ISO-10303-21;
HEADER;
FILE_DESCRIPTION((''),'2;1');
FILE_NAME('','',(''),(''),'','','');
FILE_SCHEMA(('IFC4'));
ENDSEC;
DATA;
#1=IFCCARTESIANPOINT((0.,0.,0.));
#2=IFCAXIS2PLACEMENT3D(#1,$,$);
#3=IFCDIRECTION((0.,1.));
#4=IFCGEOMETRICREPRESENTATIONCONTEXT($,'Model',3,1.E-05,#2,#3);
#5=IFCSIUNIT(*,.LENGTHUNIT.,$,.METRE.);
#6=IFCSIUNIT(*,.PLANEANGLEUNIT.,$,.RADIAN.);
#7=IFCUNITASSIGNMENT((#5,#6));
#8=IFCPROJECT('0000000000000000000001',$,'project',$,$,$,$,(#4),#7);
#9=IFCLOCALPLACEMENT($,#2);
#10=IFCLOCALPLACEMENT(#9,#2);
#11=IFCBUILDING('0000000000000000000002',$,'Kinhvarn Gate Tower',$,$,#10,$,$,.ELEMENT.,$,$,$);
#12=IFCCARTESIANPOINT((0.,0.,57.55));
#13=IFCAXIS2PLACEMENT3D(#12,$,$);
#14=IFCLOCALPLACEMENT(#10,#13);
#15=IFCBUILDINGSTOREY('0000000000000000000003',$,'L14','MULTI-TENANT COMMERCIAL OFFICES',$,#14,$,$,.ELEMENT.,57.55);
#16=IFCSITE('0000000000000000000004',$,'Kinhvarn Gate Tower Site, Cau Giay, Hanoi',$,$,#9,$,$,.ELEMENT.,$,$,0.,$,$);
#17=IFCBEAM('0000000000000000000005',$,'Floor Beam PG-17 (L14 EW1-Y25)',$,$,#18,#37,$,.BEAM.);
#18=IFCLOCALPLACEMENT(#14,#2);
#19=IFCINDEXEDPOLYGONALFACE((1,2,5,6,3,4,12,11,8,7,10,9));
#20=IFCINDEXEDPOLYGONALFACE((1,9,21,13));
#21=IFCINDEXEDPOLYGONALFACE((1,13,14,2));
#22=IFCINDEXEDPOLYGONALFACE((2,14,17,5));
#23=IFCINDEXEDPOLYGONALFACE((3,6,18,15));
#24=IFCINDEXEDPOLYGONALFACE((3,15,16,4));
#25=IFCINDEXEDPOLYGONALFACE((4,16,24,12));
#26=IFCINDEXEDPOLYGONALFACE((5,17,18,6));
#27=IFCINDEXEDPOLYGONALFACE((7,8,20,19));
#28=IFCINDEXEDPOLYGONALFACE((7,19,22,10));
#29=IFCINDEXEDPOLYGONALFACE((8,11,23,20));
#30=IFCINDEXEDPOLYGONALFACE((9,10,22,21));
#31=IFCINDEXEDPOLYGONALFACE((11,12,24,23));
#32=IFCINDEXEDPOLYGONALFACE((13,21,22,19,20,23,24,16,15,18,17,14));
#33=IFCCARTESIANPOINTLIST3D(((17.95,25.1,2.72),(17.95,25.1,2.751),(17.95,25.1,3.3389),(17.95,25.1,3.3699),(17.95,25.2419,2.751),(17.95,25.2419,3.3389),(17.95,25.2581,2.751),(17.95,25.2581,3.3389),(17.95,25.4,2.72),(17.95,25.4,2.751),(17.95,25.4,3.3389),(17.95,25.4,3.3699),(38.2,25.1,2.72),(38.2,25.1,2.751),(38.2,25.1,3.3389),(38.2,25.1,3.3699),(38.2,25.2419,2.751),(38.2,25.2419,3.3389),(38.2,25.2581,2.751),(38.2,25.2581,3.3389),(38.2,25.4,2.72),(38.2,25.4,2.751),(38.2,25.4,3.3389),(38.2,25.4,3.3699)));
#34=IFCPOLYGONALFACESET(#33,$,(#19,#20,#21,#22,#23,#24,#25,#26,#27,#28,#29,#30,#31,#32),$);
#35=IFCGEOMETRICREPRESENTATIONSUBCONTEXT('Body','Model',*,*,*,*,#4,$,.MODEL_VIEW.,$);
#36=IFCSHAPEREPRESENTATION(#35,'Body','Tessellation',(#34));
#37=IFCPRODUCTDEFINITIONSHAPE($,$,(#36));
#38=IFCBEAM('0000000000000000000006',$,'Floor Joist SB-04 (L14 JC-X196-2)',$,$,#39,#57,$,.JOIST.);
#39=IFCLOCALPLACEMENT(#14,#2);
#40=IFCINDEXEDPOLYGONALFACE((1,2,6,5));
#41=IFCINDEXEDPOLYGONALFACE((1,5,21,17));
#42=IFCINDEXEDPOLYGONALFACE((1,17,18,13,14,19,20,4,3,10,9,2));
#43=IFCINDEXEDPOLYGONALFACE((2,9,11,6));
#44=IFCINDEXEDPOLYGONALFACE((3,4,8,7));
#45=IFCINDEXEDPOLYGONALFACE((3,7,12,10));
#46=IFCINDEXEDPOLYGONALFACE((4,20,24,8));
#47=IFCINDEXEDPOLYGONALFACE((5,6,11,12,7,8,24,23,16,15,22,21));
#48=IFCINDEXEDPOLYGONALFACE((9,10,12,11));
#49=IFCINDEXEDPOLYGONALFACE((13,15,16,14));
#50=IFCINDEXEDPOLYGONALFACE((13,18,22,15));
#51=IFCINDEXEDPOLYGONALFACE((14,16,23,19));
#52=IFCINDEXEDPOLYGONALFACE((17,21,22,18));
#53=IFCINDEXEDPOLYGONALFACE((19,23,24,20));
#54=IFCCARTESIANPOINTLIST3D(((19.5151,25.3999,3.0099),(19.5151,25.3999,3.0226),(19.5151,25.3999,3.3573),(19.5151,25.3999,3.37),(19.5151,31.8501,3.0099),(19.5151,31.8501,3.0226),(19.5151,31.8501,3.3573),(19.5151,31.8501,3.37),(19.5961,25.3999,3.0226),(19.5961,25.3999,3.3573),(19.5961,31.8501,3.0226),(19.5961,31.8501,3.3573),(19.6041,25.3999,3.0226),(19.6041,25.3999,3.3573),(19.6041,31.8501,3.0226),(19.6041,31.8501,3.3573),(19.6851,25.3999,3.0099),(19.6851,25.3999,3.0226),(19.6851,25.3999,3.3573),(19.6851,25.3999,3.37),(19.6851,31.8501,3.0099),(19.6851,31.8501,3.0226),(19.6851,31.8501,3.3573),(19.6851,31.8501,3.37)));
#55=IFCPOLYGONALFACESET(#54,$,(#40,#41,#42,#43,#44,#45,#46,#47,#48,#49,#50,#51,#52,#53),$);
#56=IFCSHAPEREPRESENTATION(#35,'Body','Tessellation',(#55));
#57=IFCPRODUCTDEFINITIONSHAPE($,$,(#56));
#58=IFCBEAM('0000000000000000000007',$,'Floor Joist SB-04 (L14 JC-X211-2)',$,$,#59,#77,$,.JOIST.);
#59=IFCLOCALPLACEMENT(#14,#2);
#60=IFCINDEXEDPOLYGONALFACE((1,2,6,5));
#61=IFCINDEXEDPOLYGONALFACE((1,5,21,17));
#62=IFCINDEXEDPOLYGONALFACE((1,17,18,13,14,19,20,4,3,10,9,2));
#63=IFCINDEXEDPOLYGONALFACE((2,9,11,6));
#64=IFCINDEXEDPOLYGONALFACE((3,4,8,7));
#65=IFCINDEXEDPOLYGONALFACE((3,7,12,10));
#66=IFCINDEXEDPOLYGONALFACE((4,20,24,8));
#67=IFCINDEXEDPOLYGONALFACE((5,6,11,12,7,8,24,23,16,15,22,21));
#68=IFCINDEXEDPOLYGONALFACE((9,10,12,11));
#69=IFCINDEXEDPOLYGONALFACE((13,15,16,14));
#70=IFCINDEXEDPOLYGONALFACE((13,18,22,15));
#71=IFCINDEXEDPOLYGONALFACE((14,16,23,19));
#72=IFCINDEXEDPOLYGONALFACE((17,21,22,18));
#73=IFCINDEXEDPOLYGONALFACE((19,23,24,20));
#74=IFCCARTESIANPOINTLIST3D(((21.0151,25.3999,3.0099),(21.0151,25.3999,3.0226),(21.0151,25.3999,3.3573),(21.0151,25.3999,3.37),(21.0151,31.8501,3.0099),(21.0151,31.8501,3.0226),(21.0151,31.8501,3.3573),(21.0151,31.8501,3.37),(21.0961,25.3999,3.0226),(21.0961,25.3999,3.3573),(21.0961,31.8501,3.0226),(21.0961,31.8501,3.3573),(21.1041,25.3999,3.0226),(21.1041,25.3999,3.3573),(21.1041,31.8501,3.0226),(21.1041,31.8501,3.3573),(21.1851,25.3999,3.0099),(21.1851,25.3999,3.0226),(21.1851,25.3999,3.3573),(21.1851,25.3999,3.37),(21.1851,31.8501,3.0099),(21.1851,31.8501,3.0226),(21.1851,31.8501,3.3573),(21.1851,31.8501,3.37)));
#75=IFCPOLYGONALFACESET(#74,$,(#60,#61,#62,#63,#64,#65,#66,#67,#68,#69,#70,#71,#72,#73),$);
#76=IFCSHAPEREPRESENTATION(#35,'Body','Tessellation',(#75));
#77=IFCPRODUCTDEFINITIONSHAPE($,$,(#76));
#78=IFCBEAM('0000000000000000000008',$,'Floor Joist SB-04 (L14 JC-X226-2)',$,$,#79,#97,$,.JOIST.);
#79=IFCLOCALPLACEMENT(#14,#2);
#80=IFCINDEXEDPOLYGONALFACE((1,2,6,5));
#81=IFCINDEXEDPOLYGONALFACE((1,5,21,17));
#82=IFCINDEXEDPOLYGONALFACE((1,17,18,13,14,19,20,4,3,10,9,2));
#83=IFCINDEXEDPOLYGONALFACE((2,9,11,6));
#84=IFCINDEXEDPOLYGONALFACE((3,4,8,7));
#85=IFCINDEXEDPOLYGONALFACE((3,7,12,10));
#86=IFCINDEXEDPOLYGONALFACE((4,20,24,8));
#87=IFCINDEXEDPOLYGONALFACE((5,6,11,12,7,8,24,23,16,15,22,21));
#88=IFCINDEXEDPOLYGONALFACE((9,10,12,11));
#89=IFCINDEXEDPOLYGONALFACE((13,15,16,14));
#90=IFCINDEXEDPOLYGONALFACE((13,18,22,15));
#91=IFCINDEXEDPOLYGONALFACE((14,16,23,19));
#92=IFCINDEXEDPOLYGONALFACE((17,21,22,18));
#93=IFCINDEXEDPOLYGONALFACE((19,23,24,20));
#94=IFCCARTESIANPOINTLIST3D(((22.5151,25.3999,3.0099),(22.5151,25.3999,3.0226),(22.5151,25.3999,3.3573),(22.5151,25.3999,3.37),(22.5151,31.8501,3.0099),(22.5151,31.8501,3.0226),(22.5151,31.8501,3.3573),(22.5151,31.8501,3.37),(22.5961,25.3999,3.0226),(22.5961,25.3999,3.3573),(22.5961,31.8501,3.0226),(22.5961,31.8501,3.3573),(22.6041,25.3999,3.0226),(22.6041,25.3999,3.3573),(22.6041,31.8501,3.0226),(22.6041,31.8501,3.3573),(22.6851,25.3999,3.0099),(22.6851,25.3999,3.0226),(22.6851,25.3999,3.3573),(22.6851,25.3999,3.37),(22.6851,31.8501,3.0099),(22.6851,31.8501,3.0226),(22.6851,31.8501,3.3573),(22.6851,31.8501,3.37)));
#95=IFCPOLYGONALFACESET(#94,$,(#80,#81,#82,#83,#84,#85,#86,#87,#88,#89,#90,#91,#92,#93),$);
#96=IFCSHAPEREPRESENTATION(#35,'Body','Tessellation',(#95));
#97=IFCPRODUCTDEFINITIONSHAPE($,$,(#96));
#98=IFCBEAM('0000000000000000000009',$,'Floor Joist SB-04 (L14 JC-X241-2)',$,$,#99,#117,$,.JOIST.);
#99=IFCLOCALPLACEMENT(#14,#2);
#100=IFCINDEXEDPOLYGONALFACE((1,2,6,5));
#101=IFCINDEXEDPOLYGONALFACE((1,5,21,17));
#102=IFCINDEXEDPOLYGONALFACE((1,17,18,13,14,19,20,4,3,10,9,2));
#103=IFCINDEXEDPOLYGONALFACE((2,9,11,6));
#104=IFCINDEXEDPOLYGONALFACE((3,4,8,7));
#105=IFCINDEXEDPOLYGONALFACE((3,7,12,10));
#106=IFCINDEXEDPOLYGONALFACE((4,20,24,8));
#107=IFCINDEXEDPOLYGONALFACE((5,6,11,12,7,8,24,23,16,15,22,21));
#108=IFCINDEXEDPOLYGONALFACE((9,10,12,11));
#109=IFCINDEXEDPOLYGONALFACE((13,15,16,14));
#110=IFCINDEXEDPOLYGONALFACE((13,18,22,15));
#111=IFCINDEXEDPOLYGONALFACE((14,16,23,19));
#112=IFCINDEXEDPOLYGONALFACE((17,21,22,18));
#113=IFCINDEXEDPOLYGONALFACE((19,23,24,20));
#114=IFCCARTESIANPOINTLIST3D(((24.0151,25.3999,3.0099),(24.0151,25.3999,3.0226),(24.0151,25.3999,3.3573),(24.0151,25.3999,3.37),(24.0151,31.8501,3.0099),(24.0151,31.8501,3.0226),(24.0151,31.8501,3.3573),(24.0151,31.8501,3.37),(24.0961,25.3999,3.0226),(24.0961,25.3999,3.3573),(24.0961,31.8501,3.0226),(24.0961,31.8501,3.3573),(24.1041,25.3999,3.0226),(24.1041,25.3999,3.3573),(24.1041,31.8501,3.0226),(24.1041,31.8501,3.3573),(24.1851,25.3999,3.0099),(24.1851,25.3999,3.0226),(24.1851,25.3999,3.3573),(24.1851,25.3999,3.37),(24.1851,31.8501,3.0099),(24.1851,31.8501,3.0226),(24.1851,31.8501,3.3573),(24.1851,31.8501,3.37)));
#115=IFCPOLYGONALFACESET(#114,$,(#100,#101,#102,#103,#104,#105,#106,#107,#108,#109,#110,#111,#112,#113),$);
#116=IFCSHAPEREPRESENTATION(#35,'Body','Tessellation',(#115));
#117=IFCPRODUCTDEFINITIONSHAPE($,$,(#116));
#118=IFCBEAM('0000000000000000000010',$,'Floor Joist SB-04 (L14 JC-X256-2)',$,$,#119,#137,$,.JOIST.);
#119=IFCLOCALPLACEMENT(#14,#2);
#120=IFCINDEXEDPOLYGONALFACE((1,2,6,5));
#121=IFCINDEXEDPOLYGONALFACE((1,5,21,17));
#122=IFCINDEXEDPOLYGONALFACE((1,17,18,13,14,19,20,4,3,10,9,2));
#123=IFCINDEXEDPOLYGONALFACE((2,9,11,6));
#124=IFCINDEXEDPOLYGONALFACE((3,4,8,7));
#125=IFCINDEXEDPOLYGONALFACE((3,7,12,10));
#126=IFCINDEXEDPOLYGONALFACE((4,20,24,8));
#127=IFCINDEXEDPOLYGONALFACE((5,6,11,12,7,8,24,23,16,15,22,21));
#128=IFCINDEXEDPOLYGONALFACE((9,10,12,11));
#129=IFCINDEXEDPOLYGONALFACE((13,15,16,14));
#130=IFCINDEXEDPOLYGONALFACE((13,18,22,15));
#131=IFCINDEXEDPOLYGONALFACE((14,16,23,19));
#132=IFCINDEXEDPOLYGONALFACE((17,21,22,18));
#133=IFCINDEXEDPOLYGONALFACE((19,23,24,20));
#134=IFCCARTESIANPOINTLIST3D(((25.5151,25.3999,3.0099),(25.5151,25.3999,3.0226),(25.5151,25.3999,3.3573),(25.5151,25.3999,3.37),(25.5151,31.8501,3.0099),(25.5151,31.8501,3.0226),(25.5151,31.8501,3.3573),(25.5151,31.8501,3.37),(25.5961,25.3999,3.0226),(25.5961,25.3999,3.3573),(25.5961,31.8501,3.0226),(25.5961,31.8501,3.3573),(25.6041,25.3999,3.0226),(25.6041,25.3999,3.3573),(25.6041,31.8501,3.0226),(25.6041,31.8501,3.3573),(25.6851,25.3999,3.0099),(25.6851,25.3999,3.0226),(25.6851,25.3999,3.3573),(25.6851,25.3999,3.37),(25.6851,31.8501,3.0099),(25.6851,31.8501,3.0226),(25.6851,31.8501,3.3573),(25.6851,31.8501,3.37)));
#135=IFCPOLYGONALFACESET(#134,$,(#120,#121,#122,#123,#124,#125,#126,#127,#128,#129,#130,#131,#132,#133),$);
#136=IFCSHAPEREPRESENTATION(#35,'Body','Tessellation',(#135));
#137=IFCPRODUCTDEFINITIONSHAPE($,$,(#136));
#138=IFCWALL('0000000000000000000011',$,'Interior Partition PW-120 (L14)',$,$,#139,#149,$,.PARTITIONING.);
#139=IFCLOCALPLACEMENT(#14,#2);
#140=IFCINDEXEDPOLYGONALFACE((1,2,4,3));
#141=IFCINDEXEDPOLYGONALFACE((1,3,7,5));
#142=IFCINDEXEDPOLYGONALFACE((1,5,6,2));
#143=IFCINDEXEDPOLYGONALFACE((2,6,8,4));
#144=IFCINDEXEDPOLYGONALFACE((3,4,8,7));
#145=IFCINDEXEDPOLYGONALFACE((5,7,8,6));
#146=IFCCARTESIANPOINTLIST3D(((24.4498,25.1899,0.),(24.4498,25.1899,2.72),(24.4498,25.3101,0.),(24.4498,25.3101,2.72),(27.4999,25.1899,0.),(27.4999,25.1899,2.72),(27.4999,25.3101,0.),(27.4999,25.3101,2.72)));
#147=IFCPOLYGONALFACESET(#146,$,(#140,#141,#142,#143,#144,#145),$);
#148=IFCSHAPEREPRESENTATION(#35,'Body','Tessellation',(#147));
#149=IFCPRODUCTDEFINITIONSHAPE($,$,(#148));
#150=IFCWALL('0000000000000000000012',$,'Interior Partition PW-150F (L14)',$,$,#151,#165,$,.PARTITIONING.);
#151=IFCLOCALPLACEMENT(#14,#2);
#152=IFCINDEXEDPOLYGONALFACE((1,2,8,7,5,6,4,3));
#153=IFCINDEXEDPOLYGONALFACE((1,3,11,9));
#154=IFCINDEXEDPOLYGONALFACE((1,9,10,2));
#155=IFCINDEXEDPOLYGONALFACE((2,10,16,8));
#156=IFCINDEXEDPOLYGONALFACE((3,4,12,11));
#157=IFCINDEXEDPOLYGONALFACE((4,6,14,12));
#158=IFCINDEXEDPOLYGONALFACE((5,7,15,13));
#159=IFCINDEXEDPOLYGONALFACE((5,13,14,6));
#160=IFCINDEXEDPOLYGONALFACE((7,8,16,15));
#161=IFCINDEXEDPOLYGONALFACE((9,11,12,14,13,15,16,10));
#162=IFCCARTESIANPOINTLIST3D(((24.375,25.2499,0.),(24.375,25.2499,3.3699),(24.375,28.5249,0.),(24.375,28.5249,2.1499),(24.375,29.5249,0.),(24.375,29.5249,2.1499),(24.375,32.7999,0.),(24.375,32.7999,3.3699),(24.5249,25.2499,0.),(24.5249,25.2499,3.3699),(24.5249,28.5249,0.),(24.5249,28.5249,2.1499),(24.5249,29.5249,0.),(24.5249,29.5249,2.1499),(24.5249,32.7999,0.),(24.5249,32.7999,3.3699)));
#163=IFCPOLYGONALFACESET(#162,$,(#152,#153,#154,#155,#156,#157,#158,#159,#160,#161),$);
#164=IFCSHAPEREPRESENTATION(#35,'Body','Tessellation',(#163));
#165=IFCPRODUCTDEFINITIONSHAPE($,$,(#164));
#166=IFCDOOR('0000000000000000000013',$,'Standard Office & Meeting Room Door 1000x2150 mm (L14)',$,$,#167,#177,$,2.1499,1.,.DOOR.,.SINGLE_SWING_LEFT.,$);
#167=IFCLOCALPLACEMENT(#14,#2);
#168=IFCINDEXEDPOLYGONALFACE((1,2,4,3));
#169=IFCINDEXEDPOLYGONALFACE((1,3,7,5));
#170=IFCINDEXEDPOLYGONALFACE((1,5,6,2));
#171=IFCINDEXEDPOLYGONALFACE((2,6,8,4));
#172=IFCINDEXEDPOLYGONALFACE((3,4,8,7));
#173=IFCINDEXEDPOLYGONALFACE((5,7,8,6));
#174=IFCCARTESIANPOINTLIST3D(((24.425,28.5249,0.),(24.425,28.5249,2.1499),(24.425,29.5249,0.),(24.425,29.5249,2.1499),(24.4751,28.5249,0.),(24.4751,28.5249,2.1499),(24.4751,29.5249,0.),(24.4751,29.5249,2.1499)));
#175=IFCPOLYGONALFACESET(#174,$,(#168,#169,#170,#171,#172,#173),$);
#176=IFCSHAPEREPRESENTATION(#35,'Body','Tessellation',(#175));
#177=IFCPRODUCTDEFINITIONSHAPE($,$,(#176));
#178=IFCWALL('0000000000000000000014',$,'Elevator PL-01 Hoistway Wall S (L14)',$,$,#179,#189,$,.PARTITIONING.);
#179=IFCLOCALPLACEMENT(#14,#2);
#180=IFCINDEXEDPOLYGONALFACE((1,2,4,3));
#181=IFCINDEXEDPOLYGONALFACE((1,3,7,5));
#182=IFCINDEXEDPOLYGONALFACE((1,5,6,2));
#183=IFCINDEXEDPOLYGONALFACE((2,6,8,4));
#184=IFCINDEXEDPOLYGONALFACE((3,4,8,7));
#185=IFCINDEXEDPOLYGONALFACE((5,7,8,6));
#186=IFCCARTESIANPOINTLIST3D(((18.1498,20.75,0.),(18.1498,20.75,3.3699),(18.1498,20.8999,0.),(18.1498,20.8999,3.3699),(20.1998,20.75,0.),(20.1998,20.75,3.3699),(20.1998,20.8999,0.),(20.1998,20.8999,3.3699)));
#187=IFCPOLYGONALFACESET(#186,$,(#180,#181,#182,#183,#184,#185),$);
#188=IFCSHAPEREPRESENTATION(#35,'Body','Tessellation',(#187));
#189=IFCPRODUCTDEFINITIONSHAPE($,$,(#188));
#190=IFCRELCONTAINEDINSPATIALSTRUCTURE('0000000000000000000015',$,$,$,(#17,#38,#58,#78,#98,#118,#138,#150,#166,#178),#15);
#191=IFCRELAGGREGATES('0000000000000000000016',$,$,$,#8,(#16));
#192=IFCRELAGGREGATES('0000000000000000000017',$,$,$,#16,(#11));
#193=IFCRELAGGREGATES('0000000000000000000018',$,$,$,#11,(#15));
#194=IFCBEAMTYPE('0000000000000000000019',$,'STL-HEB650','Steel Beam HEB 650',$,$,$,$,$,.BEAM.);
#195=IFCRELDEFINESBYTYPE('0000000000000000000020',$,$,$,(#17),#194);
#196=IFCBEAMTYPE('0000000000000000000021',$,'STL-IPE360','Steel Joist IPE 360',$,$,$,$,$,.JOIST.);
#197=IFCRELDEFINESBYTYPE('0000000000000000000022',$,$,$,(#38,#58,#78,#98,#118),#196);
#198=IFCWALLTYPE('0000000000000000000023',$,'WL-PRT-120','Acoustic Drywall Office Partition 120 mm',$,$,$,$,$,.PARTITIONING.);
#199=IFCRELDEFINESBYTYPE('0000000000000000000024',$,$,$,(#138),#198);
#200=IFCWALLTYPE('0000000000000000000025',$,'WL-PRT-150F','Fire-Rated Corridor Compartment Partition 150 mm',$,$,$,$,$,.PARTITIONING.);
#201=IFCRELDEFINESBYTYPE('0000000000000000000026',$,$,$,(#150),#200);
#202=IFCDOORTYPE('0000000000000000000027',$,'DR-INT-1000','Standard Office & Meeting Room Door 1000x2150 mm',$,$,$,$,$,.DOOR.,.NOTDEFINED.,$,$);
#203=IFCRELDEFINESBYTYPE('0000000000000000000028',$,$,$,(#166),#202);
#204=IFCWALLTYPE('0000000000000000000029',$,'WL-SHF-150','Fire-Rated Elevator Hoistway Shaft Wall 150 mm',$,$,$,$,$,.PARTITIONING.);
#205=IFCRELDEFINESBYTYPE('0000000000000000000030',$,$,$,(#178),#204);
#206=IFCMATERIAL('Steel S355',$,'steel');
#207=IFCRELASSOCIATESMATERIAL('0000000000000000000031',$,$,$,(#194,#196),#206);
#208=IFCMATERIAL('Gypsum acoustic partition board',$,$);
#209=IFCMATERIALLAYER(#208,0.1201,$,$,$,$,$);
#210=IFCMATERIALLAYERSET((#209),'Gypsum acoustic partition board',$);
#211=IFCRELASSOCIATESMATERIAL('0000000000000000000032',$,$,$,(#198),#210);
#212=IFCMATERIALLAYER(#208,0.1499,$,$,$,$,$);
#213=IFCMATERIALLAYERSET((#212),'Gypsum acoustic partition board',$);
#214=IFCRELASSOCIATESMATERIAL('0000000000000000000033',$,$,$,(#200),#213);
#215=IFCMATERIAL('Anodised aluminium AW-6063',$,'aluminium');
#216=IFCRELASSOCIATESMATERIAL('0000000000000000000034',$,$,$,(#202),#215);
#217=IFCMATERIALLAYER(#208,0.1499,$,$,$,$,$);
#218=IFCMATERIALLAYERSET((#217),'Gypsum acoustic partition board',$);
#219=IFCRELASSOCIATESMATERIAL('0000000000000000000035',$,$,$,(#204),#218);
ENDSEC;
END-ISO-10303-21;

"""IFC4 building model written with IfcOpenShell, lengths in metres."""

from ifc_helpers import new_model, si_unit, direction, frame, frame_2d, origin, origin_2d, place, context, subcontext, project, spatial, rectangle, i_section, extrude, material, layer, layer_set, material_profile, profile_set, type_object, element, fill, save


model = new_model("IFC4")

# Units and contexts
model_context = context("Model", 3, precision=1e-05, world=origin(), true_north=direction((0.0, 1.0)))
body_context = subcontext(model_context, "Body", "Model", "MODEL_VIEW")
ifc_project = project(units=[si_unit("LENGTHUNIT", "METRE"), si_unit("PLANEANGLEUNIT", "RADIAN")], contexts=[model_context])

# Site, building, storey
site_placement = place(None, origin())
site = spatial("IfcSite", under=ifc_project, at=site_placement, Name="Kinhvarn Gate Tower Site, Cau Giay, Hanoi", CompositionType="ELEMENT", RefElevation=0.0)
building_placement = place(site_placement, origin())
building = spatial("IfcBuilding", under=site, at=building_placement, Name="Kinhvarn Gate Tower", CompositionType="ELEMENT")
storey_placement = place(building_placement, frame((0.0, 0.0, 57.55)))
storey = spatial("IfcBuildingStorey", under=building, at=storey_placement, Name="L14", Description="MULTI-TENANT COMMERCIAL OFFICES", CompositionType="ELEMENT", Elevation=57.55)

# Beams
ifc_material_1 = material(Name="Steel S355", Category="steel")
ifc_material_profile_1 = material_profile(ifc_material_1, i_section(OverallWidth=0.3, OverallDepth=0.6499, WebThickness=0.0161, FlangeThickness=0.031, at=origin_2d()), Name="HEB 650")
ifc_profile_set_1 = profile_set([ifc_material_profile_1], Name="Steel S355")
beam_type_1 = type_object("IfcBeamType", Name="STL-HEB650", Description="Steel Beam HEB 650", PredefinedType="BEAM", material=ifc_profile_set_1)
beam_placement = place(storey_placement, frame((17.95, 25.25, 3.0449), z_axis=(1.0, 0.0, 0.0), x_axis=(0.0, 1.0, 0.0)))
element("IfcBeam", 1, at=beam_placement, inside=storey, type_object=beam_type_1, Name="Floor Beam PG-17 (L14 EW1-Y25)", PredefinedType="BEAM", context=body_context, shape_type="SweptSolid", body=[
    extrude(i_section(OverallWidth=0.3, OverallDepth=0.6499, WebThickness=0.0161, FlangeThickness=0.031, at=origin_2d()), origin(), (0.0, 0.0, 1.0), 20.25),
])
ifc_material_profile_2 = material_profile(ifc_material_1, i_section(OverallWidth=0.1699, OverallDepth=0.3601, WebThickness=0.0081, FlangeThickness=0.0127, at=origin_2d()), Name="IPE 360")
ifc_profile_set_2 = profile_set([ifc_material_profile_2], Name="Steel S355")
beam_type_2 = type_object("IfcBeamType", Name="STL-IPE360", Description="Steel Joist IPE 360", PredefinedType="JOIST", material=ifc_profile_set_2)
for number, where, z_axis, x_axis, name in (
    (2, (19.6001, 25.3999, 3.1899), (0.0, 1.0, 0.0), (-1.0, 0.0, 0.0), "Floor Joist SB-04 (L14 JC-X196-2)"),
    (3, (21.1001, 25.3999, 3.1899), (0.0, 1.0, 0.0), (-1.0, 0.0, 0.0), "Floor Joist SB-04 (L14 JC-X211-2)"),
    (4, (22.6001, 25.3999, 3.1899), (0.0, 1.0, 0.0), (-1.0, 0.0, 0.0), "Floor Joist SB-04 (L14 JC-X226-2)"),
    (5, (24.1001, 25.3999, 3.1899), (0.0, 1.0, 0.0), (-1.0, 0.0, 0.0), "Floor Joist SB-04 (L14 JC-X241-2)"),
    (6, (25.6001, 25.3999, 3.1899), (0.0, 1.0, 0.0), (-1.0, 0.0, 0.0), "Floor Joist SB-04 (L14 JC-X256-2)"),
):
    element("IfcBeam", number, at=place(storey_placement, frame(where, z_axis=z_axis, x_axis=x_axis)), inside=storey, type_object=beam_type_2, Name=name, PredefinedType="JOIST", context=body_context, shape_type="SweptSolid", body=[
        extrude(i_section(OverallWidth=0.1699, OverallDepth=0.3601, WebThickness=0.0081, FlangeThickness=0.0127, at=origin_2d()), origin(), (0.0, 0.0, 1.0), 6.4502),
    ])

# Wall
ifc_material_2 = material(Name="Gypsum acoustic partition board")
ifc_layer_1 = layer(ifc_material_2, 0.1201)
ifc_layer_set_1 = layer_set([ifc_layer_1], Name="Gypsum acoustic partition board")
wall_type_1 = type_object("IfcWallType", Name="WL-PRT-120", Description="Acoustic Drywall Office Partition 120 mm", PredefinedType="PARTITIONING", material=ifc_layer_set_1)
wall_1_placement = place(storey_placement, frame((24.45, 25.25, 0.0), z_axis=(0.0, 0.0, 1.0), x_axis=(1.0, 0.0, 0.0)))
element("IfcWall", 7, at=wall_1_placement, inside=storey, type_object=wall_type_1, Name="Interior Partition PW-120 (L14)", PredefinedType="PARTITIONING", context=body_context, shape_type="SweptSolid", body=[
    extrude(rectangle(XDim=3.05, YDim=0.1201, at=frame_2d((1.5249, 0.0))), origin(), (0.0, 0.0, 1.0), 2.72),
])

# Wall, opening, door
ifc_layer_2 = layer(ifc_material_2, 0.1499)
ifc_layer_set_2 = layer_set([ifc_layer_2], Name="Gypsum acoustic partition board")
wall_type_2 = type_object("IfcWallType", Name="WL-PRT-150F", Description="Fire-Rated Corridor Compartment Partition 150 mm", PredefinedType="PARTITIONING", material=ifc_layer_set_2)
wall_2_placement = place(storey_placement, frame((24.45, 25.25, 0.0), z_axis=(0.0, 0.0, 1.0), x_axis=(0.0, 1.0, 0.0)))
wall_2 = element("IfcWall", 8, at=wall_2_placement, inside=storey, type_object=wall_type_2, Name="Interior Partition PW-150F (L14)", PredefinedType="PARTITIONING", context=body_context, shape_type="SweptSolid", body=[
    extrude(rectangle(XDim=7.55, YDim=0.1499, at=frame_2d((3.7749, 0.0))), origin(), (0.0, 0.0, 1.0), 3.3699),
])
opening_1_placement = place(wall_2_placement, frame((3.2749, 0.0, 0.0)))
opening_1 = element("IfcOpeningElement", 9, at=opening_1_placement, cuts=wall_2, PredefinedType="OPENING", context=body_context, shape_type="SweptSolid", body=[
    extrude(rectangle(XDim=1.0, YDim=2.1499, at=frame_2d((0.5, 1.075))), frame((0.0, 0.085, 0.0), z_axis=(0.0, -1.0, 0.0), x_axis=(1.0, 0.0, 0.0)), (0.0, 0.0, 1.0), 0.1699),
])
ifc_material_3 = material(Name="Anodised aluminium AW-6063", Category="aluminium")
door_type_1 = type_object("IfcDoorType", Name="DR-INT-1000", Description="Standard Office & Meeting Room Door 1000x2150 mm", OperationType="NOTDEFINED", PredefinedType="DOOR", material=ifc_material_3)
door_1_placement = place(opening_1_placement, origin())
door_1 = element("IfcDoor", 10, at=door_1_placement, inside=storey, type_object=door_type_1, Name="Standard Office & Meeting Room Door 1000x2150 mm (L14)", OperationType="SINGLE_SWING_LEFT", OverallHeight=2.1499, OverallWidth=1.0, PredefinedType="DOOR", context=body_context, shape_type="SweptSolid", body=[
    extrude(rectangle(XDim=1.0, YDim=2.1499, at=frame_2d((0.5, 1.075))), frame((0.0, 0.0249, 0.0), z_axis=(0.0, -1.0, 0.0), x_axis=(1.0, 0.0, 0.0)), (0.0, 0.0, 1.0), 0.05),
])
fill(opening_1, door_1)

# Wall
ifc_layer_3 = layer(ifc_material_2, 0.1499)
ifc_layer_set_3 = layer_set([ifc_layer_3], Name="Gypsum acoustic partition board")
wall_type_3 = type_object("IfcWallType", Name="WL-SHF-150", Description="Fire-Rated Elevator Hoistway Shaft Wall 150 mm", PredefinedType="PARTITIONING", material=ifc_layer_set_3)
wall_3_placement = place(storey_placement, frame((18.1499, 20.825, 0.0), z_axis=(0.0, 0.0, 1.0), x_axis=(1.0, 0.0, 0.0)))
element("IfcWall", 11, at=wall_3_placement, inside=storey, type_object=wall_type_3, Name="Elevator PL-01 Hoistway Wall S (L14)", PredefinedType="PARTITIONING", context=body_context, shape_type="SweptSolid", body=[
    extrude(rectangle(XDim=2.05, YDim=0.1499, at=frame_2d((1.0249, 0.0))), origin(), (0.0, 0.0, 1.0), 3.3699),
])

save(model, "model.ifc")
